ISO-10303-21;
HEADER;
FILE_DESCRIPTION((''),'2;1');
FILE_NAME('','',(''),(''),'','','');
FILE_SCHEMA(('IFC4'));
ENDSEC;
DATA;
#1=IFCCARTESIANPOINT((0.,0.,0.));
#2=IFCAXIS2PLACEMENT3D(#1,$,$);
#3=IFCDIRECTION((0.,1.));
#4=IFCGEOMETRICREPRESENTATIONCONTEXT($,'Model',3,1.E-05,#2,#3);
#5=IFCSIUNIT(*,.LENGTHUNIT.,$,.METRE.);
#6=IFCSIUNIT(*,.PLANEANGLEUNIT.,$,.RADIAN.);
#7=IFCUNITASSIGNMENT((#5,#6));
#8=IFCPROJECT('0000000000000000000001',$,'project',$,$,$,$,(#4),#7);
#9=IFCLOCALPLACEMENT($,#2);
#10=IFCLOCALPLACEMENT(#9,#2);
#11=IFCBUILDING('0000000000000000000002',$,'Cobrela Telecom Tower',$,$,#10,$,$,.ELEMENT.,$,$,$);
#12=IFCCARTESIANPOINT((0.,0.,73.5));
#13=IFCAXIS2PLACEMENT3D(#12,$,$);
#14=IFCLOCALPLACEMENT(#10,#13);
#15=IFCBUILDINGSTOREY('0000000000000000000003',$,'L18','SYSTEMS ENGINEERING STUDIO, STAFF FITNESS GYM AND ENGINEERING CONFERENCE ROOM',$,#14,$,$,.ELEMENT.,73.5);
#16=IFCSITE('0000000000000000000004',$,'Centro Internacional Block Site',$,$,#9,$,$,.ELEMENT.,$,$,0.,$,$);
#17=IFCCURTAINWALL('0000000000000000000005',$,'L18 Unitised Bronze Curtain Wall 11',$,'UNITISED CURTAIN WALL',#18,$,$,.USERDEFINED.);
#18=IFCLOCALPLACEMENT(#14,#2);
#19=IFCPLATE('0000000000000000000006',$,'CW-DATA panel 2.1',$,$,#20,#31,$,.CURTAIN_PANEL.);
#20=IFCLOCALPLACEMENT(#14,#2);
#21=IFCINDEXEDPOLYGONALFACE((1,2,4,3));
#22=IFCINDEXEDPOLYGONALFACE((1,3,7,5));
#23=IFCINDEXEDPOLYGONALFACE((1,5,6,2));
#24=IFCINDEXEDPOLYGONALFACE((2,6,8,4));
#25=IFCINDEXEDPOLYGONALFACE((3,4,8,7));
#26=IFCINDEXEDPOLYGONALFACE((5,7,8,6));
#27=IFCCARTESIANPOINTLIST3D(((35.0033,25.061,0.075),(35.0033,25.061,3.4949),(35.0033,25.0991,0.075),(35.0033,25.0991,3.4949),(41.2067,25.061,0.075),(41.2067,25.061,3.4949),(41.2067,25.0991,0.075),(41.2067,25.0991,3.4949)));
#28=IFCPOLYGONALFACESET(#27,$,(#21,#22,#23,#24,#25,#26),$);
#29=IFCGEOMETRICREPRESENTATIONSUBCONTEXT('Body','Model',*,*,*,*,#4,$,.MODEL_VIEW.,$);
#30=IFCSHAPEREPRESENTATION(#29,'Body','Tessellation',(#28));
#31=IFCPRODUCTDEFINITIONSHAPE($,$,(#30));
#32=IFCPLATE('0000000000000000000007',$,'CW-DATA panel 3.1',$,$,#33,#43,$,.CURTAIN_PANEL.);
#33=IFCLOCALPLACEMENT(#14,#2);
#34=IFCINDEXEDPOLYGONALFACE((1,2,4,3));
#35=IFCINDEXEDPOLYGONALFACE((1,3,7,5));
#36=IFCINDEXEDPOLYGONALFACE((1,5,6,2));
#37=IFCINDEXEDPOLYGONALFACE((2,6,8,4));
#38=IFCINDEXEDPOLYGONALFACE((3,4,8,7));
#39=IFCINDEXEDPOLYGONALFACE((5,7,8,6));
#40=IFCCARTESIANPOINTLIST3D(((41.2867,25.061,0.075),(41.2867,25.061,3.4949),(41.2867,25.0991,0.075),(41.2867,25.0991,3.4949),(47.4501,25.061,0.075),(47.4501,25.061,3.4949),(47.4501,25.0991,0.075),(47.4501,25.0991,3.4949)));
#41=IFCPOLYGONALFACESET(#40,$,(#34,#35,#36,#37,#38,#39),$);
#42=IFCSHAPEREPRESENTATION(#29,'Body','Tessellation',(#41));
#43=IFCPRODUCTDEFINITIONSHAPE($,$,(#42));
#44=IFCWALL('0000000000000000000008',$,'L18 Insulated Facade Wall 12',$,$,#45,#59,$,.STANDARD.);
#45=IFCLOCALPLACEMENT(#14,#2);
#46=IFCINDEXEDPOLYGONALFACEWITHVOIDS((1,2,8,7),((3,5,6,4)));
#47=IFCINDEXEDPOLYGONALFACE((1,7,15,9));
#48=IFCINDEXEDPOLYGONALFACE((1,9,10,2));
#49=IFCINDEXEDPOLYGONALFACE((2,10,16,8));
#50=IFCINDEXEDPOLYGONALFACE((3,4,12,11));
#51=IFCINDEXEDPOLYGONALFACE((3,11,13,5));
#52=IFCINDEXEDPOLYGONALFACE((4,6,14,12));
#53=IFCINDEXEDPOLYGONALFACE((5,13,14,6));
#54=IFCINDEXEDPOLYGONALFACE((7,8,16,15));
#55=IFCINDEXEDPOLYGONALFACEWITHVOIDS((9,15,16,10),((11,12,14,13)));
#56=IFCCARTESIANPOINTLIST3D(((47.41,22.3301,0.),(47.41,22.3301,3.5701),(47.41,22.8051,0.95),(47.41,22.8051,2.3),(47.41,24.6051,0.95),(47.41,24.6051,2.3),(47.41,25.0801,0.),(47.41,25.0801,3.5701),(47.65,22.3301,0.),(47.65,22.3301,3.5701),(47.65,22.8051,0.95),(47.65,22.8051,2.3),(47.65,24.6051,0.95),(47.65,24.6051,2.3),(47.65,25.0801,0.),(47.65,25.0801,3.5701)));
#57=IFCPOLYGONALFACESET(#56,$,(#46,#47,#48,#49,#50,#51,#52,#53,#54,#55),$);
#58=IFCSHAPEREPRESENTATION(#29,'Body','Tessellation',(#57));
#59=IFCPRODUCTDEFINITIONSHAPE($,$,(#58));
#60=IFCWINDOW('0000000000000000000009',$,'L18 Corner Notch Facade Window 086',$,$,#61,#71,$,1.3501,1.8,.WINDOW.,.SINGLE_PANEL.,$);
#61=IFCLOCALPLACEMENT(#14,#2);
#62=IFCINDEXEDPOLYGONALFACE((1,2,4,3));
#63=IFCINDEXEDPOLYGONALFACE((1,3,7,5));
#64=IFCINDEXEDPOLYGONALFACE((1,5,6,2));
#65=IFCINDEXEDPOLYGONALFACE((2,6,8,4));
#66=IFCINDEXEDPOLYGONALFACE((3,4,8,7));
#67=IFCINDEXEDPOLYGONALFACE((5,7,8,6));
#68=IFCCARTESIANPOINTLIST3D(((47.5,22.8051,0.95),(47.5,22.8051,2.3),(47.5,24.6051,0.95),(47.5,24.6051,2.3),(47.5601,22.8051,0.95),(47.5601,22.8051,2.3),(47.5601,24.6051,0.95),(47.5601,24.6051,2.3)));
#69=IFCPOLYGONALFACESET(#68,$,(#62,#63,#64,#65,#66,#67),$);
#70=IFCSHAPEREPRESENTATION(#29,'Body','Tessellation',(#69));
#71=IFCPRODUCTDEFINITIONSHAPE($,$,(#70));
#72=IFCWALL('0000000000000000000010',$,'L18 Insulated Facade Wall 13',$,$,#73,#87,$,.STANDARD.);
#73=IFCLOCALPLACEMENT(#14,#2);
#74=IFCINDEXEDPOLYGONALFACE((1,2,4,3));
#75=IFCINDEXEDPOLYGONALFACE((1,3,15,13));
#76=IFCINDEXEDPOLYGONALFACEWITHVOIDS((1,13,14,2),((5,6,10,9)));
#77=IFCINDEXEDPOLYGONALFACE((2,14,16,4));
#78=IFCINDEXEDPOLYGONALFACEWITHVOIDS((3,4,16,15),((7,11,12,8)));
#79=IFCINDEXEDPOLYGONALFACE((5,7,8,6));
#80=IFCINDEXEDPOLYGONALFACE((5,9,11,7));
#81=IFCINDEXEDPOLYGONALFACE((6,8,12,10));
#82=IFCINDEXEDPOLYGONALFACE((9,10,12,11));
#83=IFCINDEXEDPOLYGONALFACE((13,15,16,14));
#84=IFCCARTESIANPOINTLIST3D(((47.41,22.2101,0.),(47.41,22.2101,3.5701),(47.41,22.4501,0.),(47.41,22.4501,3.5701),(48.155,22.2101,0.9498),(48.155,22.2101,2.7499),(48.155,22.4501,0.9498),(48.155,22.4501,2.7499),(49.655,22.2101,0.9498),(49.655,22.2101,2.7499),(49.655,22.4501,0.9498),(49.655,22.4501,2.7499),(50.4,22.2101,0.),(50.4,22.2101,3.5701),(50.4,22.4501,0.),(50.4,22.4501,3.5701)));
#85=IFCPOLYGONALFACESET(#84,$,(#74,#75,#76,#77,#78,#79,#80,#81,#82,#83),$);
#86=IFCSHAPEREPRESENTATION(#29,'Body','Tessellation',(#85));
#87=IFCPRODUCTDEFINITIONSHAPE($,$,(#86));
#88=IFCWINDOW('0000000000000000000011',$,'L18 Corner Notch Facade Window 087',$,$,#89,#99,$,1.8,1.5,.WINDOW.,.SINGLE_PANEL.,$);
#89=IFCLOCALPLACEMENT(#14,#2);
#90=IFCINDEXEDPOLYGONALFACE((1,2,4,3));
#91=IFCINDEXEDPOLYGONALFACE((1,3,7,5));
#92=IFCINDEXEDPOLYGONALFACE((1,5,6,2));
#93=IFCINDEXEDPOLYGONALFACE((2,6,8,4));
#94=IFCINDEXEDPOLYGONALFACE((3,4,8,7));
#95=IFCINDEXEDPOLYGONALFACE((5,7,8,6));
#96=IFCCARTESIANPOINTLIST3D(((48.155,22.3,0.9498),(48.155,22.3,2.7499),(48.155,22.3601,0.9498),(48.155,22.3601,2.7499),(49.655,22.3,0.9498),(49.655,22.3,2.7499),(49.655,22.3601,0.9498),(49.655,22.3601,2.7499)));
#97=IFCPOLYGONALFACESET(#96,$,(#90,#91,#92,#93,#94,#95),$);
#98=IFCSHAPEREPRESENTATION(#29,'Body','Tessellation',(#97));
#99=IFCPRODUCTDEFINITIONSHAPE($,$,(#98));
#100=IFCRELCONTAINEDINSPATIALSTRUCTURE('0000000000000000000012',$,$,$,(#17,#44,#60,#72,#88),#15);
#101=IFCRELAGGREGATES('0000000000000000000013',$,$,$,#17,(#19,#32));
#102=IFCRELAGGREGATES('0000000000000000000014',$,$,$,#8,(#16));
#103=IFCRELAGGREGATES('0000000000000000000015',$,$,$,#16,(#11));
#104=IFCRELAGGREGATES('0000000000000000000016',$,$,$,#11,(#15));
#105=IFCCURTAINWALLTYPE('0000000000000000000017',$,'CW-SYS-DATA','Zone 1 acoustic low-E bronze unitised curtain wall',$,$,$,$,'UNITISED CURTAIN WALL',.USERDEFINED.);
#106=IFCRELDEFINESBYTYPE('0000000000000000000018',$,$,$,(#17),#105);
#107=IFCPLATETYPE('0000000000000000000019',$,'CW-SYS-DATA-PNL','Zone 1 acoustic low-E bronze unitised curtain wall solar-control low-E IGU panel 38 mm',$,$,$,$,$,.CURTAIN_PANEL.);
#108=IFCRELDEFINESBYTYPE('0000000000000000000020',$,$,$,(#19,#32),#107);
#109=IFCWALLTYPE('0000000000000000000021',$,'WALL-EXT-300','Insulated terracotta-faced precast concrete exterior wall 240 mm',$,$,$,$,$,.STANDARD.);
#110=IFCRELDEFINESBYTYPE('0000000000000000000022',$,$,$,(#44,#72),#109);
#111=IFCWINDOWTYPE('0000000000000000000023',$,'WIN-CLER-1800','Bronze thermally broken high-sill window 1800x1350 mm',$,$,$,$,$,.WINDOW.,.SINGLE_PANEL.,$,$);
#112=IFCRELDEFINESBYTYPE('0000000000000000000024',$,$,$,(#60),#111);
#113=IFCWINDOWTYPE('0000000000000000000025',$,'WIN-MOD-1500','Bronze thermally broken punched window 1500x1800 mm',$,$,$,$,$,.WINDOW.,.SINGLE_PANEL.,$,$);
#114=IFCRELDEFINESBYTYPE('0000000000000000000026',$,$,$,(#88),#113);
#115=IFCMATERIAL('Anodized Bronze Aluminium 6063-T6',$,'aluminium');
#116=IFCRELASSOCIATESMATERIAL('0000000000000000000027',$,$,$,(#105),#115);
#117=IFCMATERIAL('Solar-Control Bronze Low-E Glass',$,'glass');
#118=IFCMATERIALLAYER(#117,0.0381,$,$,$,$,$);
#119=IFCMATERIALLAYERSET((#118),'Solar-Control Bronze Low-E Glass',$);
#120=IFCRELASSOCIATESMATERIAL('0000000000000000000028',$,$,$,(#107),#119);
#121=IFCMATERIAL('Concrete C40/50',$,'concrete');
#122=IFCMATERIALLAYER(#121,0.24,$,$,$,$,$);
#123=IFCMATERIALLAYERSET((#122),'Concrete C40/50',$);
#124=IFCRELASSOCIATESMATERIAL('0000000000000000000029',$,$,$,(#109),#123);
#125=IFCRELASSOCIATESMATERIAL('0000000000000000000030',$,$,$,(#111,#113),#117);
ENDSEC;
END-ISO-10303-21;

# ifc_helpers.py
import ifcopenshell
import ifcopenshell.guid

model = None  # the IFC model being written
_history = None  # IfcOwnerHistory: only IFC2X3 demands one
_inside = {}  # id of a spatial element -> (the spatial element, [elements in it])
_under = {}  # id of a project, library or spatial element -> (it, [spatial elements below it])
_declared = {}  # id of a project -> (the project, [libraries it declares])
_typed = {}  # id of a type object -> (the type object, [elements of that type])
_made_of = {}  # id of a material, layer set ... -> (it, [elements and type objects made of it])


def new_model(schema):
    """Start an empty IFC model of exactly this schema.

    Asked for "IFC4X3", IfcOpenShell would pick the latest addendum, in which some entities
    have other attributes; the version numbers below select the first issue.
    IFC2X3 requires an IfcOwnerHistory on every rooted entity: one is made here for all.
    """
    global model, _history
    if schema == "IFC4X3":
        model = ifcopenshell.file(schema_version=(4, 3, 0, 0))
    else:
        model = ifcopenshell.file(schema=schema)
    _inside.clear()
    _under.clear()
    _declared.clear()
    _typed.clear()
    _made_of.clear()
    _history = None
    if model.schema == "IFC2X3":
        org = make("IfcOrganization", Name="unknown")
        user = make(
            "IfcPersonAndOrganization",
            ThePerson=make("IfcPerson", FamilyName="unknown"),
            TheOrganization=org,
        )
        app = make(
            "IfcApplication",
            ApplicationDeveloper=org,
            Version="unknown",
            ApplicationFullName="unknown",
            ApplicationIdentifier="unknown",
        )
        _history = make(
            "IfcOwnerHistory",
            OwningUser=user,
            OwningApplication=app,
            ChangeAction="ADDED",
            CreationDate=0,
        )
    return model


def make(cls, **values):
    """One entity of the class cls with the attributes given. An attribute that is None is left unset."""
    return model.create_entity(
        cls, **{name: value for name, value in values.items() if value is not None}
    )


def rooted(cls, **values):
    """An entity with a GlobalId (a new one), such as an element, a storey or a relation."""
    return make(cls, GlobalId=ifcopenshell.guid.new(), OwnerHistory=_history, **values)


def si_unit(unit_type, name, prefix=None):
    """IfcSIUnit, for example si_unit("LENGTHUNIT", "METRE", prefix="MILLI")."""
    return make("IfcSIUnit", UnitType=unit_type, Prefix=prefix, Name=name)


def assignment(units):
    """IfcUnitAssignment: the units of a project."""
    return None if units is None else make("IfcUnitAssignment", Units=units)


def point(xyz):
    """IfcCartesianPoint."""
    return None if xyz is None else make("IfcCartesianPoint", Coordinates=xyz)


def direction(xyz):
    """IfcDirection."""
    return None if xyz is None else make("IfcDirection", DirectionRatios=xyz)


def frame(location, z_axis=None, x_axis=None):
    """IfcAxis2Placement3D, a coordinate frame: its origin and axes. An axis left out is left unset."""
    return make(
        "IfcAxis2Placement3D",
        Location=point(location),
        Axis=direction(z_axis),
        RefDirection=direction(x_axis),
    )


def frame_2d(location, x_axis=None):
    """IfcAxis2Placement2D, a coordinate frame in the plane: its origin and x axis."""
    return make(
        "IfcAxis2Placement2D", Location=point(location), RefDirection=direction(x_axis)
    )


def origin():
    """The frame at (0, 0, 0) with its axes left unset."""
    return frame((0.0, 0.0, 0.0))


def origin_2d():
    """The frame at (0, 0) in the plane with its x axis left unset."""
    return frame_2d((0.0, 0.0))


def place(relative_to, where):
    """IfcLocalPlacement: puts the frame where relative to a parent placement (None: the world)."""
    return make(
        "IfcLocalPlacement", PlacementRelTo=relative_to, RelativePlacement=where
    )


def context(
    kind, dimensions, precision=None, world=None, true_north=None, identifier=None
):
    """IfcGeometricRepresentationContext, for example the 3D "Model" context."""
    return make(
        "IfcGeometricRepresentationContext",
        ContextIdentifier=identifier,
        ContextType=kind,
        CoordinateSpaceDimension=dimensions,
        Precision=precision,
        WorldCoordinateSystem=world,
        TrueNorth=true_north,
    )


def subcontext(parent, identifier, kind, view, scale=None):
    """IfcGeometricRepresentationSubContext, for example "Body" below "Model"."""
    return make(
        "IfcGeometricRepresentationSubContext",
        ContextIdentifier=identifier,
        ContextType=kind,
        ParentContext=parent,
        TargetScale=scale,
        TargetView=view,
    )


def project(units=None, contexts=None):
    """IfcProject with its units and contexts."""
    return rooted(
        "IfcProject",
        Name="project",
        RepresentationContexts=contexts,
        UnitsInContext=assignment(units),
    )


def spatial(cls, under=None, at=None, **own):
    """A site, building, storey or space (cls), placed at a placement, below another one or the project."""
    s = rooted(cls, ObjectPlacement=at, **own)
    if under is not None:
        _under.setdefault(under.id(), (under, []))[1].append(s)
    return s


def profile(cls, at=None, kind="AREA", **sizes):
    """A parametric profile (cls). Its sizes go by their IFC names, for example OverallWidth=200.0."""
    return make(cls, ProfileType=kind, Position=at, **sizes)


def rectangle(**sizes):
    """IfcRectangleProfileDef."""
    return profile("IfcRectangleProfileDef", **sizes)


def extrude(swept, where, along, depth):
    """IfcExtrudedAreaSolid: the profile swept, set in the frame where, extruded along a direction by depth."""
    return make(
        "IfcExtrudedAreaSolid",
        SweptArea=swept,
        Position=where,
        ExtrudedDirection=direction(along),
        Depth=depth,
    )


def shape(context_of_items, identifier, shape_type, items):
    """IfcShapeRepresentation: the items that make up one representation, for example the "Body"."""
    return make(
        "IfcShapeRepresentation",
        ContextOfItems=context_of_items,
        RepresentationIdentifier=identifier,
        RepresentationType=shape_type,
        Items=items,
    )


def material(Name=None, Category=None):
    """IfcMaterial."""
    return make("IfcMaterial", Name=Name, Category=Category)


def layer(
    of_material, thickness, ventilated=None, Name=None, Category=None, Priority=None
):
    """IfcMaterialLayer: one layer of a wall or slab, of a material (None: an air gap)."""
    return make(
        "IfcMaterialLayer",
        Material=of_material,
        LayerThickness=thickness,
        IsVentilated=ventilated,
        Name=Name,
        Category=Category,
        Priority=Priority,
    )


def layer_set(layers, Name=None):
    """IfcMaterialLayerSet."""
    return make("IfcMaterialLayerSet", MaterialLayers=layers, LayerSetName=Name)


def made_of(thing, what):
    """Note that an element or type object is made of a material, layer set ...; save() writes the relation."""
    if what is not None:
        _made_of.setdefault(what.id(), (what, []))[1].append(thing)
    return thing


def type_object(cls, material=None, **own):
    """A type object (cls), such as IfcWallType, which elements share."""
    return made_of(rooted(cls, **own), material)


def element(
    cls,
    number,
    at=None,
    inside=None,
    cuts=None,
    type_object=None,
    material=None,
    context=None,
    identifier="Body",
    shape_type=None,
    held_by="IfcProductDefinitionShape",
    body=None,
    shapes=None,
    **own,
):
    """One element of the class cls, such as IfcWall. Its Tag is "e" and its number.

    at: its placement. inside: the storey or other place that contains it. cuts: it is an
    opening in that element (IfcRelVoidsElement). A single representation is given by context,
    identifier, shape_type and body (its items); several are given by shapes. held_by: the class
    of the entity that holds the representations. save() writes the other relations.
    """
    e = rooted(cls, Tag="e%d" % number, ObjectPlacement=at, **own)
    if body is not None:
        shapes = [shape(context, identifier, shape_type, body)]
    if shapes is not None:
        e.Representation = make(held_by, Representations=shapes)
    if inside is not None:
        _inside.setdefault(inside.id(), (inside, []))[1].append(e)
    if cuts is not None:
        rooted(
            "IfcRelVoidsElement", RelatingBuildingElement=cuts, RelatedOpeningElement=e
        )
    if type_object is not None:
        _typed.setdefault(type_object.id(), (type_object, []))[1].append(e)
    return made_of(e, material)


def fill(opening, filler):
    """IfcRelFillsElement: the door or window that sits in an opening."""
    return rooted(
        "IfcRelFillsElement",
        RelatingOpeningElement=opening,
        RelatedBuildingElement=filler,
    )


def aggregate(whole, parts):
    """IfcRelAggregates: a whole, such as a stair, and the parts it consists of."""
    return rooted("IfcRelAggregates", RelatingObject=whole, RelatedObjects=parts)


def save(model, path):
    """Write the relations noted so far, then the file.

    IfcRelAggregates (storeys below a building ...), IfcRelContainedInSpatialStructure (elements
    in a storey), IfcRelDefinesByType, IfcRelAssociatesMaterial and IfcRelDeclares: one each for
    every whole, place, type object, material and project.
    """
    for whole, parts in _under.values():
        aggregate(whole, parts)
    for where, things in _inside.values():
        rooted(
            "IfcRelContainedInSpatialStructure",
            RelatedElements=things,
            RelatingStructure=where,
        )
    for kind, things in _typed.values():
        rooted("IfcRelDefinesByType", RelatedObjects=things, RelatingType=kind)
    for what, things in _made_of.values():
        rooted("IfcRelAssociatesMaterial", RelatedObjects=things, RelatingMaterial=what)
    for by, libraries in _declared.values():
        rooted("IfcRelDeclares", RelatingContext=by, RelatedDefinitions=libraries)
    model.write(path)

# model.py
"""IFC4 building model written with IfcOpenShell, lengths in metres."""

from ifc_helpers import new_model, si_unit, direction, frame, frame_2d, origin, origin_2d, place, context, subcontext, project, spatial, rectangle, extrude, material, layer, layer_set, type_object, element, fill, aggregate, save


model = new_model("IFC4")

# Units and contexts
model_context = context("Model", 3, precision=1e-05, world=origin(), true_north=direction((0.0, 1.0)))
body_context = subcontext(model_context, "Body", "Model", "MODEL_VIEW")
ifc_project = project(units=[si_unit("LENGTHUNIT", "METRE"), si_unit("PLANEANGLEUNIT", "RADIAN")], contexts=[model_context])

# Site, building, storey
site_placement = place(None, origin())
site = spatial("IfcSite", under=ifc_project, at=site_placement, Name="Centro Internacional Block Site", CompositionType="ELEMENT", RefElevation=0.0)
building_placement = place(site_placement, origin())
building = spatial("IfcBuilding", under=site, at=building_placement, Name="Cobrela Telecom Tower", CompositionType="ELEMENT")
storey_placement = place(building_placement, frame((0.0, 0.0, 73.5)))
storey = spatial("IfcBuildingStorey", under=building, at=storey_placement, Name="L18", Description="SYSTEMS ENGINEERING STUDIO, STAFF FITNESS GYM AND ENGINEERING CONFERENCE ROOM", CompositionType="ELEMENT", Elevation=73.5)

# Shared definitions
ifc_material_1 = material(Name="Anodized Bronze Aluminium 6063-T6", Category="aluminium")
curtain_wall_type = type_object("IfcCurtainWallType", Name="CW-SYS-DATA", Description="Zone 1 acoustic low-E bronze unitised curtain wall", ElementType="UNITISED CURTAIN WALL", PredefinedType="USERDEFINED", material=ifc_material_1)

# Curtain wall
curtain_wall_1_placement = place(storey_placement, origin())
curtain_wall_1 = element("IfcCurtainWall", 1, at=curtain_wall_1_placement, inside=storey, type_object=curtain_wall_type, Name="L18 Unitised Bronze Curtain Wall 11", ObjectType="UNITISED CURTAIN WALL", PredefinedType="USERDEFINED")

# Plates
ifc_material_2 = material(Name="Solar-Control Bronze Low-E Glass", Category="glass")
ifc_layer_1 = layer(ifc_material_2, 0.0381)
ifc_layer_set_1 = layer_set([ifc_layer_1], Name="Solar-Control Bronze Low-E Glass")
plate_type = type_object("IfcPlateType", Name="CW-SYS-DATA-PNL", Description="Zone 1 acoustic low-E bronze unitised curtain wall solar-control low-E IGU panel 38 mm", PredefinedType="CURTAIN_PANEL", material=ifc_layer_set_1)
plate_1_placement = place(storey_placement, frame((38.105, 25.0801, 0.075), z_axis=(0.0, 0.0, 1.0), x_axis=(1.0, 0.0, 0.0)))
plate_1 = element("IfcPlate", 2, at=plate_1_placement, type_object=plate_type, Name="CW-DATA panel 2.1", PredefinedType="CURTAIN_PANEL", context=body_context, shape_type="SweptSolid", body=[
    extrude(rectangle(XDim=6.2034, YDim=0.0381, at=origin_2d()), origin(), (0.0, 0.0, 1.0), 3.4199),
])
plate_2_placement = place(storey_placement, frame((44.3684, 25.0801, 0.075), z_axis=(0.0, 0.0, 1.0), x_axis=(1.0, 0.0, 0.0)))
plate_2 = element("IfcPlate", 3, at=plate_2_placement, type_object=plate_type, Name="CW-DATA panel 3.1", PredefinedType="CURTAIN_PANEL", context=body_context, shape_type="SweptSolid", body=[
    extrude(rectangle(XDim=6.1633, YDim=0.0381, at=origin_2d()), origin(), (0.0, 0.0, 1.0), 3.4199),
])
aggregate(curtain_wall_1, [plate_1, plate_2])

# Walls, openings, windows
ifc_material_3 = material(Name="Concrete C40/50", Category="concrete")
ifc_layer_2 = layer(ifc_material_3, 0.24)
ifc_layer_set_2 = layer_set([ifc_layer_2], Name="Concrete C40/50")
wall_type = type_object("IfcWallType", Name="WALL-EXT-300", Description="Insulated terracotta-faced precast concrete exterior wall 240 mm", PredefinedType="STANDARD", material=ifc_layer_set_2)
wall_1_placement = place(storey_placement, frame((47.53, 25.0801, 0.0), z_axis=(0.0, 0.0, 1.0), x_axis=(0.0, -1.0, 0.0)))
wall_1 = element("IfcWall", 4, at=wall_1_placement, inside=storey, type_object=wall_type, Name="L18 Insulated Facade Wall 12", PredefinedType="STANDARD", context=body_context, shape_type="SweptSolid", body=[
    extrude(rectangle(XDim=2.75, YDim=0.24, at=frame_2d((1.375, 0.0))), origin(), (0.0, 0.0, 1.0), 3.5701),
])
opening_1_placement = place(wall_1_placement, frame((0.4751, 0.0, 0.95)))
opening_1 = element("IfcOpeningElement", 5, at=opening_1_placement, cuts=wall_1, PredefinedType="OPENING", context=body_context, shape_type="SweptSolid", body=[
    extrude(rectangle(XDim=1.8, YDim=1.3501, at=frame_2d((0.8999, 0.675))), frame((0.0, 0.1318, 0.0), z_axis=(0.0, -1.0, 0.0), x_axis=(1.0, 0.0, 0.0)), (0.0, 0.0, 1.0), 0.2639),
])
window_type_1 = type_object("IfcWindowType", Name="WIN-CLER-1800", Description="Bronze thermally broken high-sill window 1800x1350 mm", PartitioningType="SINGLE_PANEL", PredefinedType="WINDOW", material=ifc_material_2)
window_1_placement = place(opening_1_placement, origin())
window_1 = element("IfcWindow", 6, at=window_1_placement, inside=storey, type_object=window_type_1, Name="L18 Corner Notch Facade Window 086", OverallHeight=1.3501, OverallWidth=1.8, PartitioningType="SINGLE_PANEL", PredefinedType="WINDOW", context=body_context, shape_type="SweptSolid", body=[
    extrude(rectangle(XDim=1.8, YDim=1.3501, at=frame_2d((0.8999, 0.675))), frame((0.0, 0.03, 0.0), z_axis=(0.0, -1.0, 0.0), x_axis=(1.0, 0.0, 0.0)), (0.0, 0.0, 1.0), 0.0601),
])
fill(opening_1, window_1)
wall_2_placement = place(storey_placement, frame((47.4099, 22.3301, 0.0), z_axis=(0.0, 0.0, 1.0), x_axis=(1.0, 0.0, 0.0)))
wall_2 = element("IfcWall", 7, at=wall_2_placement, inside=storey, type_object=wall_type, Name="L18 Insulated Facade Wall 13", PredefinedType="STANDARD", context=body_context, shape_type="SweptSolid", body=[
    extrude(rectangle(XDim=2.99, YDim=0.24, at=frame_2d((1.4951, 0.0))), origin(), (0.0, 0.0, 1.0), 3.5701),
])
opening_2_placement = place(wall_2_placement, frame((0.7451, 0.0, 0.95)))
opening_2 = element("IfcOpeningElement", 8, at=opening_2_placement, cuts=wall_2, PredefinedType="OPENING", context=body_context, shape_type="SweptSolid", body=[
    extrude(rectangle(XDim=1.5, YDim=1.8, at=frame_2d((0.75, 0.8999))), frame((0.0, 0.1318, 0.0), z_axis=(0.0, -1.0, 0.0), x_axis=(1.0, 0.0, 0.0)), (0.0, 0.0, 1.0), 0.2639),
])
window_type_2 = type_object("IfcWindowType", Name="WIN-MOD-1500", Description="Bronze thermally broken punched window 1500x1800 mm", PartitioningType="SINGLE_PANEL", PredefinedType="WINDOW", material=ifc_material_2)
window_2_placement = place(opening_2_placement, origin())
window_2 = element("IfcWindow", 9, at=window_2_placement, inside=storey, type_object=window_type_2, Name="L18 Corner Notch Facade Window 087", OverallHeight=1.8, OverallWidth=1.5, PartitioningType="SINGLE_PANEL", PredefinedType="WINDOW", context=body_context, shape_type="SweptSolid", body=[
    extrude(rectangle(XDim=1.5, YDim=1.8, at=frame_2d((0.75, 0.8999))), frame((0.0, 0.03, 0.0), z_axis=(0.0, -1.0, 0.0), x_axis=(1.0, 0.0, 0.0)), (0.0, 0.0, 1.0), 0.0601),
])
fill(opening_2, window_2)

save(model, "model.ifc")
